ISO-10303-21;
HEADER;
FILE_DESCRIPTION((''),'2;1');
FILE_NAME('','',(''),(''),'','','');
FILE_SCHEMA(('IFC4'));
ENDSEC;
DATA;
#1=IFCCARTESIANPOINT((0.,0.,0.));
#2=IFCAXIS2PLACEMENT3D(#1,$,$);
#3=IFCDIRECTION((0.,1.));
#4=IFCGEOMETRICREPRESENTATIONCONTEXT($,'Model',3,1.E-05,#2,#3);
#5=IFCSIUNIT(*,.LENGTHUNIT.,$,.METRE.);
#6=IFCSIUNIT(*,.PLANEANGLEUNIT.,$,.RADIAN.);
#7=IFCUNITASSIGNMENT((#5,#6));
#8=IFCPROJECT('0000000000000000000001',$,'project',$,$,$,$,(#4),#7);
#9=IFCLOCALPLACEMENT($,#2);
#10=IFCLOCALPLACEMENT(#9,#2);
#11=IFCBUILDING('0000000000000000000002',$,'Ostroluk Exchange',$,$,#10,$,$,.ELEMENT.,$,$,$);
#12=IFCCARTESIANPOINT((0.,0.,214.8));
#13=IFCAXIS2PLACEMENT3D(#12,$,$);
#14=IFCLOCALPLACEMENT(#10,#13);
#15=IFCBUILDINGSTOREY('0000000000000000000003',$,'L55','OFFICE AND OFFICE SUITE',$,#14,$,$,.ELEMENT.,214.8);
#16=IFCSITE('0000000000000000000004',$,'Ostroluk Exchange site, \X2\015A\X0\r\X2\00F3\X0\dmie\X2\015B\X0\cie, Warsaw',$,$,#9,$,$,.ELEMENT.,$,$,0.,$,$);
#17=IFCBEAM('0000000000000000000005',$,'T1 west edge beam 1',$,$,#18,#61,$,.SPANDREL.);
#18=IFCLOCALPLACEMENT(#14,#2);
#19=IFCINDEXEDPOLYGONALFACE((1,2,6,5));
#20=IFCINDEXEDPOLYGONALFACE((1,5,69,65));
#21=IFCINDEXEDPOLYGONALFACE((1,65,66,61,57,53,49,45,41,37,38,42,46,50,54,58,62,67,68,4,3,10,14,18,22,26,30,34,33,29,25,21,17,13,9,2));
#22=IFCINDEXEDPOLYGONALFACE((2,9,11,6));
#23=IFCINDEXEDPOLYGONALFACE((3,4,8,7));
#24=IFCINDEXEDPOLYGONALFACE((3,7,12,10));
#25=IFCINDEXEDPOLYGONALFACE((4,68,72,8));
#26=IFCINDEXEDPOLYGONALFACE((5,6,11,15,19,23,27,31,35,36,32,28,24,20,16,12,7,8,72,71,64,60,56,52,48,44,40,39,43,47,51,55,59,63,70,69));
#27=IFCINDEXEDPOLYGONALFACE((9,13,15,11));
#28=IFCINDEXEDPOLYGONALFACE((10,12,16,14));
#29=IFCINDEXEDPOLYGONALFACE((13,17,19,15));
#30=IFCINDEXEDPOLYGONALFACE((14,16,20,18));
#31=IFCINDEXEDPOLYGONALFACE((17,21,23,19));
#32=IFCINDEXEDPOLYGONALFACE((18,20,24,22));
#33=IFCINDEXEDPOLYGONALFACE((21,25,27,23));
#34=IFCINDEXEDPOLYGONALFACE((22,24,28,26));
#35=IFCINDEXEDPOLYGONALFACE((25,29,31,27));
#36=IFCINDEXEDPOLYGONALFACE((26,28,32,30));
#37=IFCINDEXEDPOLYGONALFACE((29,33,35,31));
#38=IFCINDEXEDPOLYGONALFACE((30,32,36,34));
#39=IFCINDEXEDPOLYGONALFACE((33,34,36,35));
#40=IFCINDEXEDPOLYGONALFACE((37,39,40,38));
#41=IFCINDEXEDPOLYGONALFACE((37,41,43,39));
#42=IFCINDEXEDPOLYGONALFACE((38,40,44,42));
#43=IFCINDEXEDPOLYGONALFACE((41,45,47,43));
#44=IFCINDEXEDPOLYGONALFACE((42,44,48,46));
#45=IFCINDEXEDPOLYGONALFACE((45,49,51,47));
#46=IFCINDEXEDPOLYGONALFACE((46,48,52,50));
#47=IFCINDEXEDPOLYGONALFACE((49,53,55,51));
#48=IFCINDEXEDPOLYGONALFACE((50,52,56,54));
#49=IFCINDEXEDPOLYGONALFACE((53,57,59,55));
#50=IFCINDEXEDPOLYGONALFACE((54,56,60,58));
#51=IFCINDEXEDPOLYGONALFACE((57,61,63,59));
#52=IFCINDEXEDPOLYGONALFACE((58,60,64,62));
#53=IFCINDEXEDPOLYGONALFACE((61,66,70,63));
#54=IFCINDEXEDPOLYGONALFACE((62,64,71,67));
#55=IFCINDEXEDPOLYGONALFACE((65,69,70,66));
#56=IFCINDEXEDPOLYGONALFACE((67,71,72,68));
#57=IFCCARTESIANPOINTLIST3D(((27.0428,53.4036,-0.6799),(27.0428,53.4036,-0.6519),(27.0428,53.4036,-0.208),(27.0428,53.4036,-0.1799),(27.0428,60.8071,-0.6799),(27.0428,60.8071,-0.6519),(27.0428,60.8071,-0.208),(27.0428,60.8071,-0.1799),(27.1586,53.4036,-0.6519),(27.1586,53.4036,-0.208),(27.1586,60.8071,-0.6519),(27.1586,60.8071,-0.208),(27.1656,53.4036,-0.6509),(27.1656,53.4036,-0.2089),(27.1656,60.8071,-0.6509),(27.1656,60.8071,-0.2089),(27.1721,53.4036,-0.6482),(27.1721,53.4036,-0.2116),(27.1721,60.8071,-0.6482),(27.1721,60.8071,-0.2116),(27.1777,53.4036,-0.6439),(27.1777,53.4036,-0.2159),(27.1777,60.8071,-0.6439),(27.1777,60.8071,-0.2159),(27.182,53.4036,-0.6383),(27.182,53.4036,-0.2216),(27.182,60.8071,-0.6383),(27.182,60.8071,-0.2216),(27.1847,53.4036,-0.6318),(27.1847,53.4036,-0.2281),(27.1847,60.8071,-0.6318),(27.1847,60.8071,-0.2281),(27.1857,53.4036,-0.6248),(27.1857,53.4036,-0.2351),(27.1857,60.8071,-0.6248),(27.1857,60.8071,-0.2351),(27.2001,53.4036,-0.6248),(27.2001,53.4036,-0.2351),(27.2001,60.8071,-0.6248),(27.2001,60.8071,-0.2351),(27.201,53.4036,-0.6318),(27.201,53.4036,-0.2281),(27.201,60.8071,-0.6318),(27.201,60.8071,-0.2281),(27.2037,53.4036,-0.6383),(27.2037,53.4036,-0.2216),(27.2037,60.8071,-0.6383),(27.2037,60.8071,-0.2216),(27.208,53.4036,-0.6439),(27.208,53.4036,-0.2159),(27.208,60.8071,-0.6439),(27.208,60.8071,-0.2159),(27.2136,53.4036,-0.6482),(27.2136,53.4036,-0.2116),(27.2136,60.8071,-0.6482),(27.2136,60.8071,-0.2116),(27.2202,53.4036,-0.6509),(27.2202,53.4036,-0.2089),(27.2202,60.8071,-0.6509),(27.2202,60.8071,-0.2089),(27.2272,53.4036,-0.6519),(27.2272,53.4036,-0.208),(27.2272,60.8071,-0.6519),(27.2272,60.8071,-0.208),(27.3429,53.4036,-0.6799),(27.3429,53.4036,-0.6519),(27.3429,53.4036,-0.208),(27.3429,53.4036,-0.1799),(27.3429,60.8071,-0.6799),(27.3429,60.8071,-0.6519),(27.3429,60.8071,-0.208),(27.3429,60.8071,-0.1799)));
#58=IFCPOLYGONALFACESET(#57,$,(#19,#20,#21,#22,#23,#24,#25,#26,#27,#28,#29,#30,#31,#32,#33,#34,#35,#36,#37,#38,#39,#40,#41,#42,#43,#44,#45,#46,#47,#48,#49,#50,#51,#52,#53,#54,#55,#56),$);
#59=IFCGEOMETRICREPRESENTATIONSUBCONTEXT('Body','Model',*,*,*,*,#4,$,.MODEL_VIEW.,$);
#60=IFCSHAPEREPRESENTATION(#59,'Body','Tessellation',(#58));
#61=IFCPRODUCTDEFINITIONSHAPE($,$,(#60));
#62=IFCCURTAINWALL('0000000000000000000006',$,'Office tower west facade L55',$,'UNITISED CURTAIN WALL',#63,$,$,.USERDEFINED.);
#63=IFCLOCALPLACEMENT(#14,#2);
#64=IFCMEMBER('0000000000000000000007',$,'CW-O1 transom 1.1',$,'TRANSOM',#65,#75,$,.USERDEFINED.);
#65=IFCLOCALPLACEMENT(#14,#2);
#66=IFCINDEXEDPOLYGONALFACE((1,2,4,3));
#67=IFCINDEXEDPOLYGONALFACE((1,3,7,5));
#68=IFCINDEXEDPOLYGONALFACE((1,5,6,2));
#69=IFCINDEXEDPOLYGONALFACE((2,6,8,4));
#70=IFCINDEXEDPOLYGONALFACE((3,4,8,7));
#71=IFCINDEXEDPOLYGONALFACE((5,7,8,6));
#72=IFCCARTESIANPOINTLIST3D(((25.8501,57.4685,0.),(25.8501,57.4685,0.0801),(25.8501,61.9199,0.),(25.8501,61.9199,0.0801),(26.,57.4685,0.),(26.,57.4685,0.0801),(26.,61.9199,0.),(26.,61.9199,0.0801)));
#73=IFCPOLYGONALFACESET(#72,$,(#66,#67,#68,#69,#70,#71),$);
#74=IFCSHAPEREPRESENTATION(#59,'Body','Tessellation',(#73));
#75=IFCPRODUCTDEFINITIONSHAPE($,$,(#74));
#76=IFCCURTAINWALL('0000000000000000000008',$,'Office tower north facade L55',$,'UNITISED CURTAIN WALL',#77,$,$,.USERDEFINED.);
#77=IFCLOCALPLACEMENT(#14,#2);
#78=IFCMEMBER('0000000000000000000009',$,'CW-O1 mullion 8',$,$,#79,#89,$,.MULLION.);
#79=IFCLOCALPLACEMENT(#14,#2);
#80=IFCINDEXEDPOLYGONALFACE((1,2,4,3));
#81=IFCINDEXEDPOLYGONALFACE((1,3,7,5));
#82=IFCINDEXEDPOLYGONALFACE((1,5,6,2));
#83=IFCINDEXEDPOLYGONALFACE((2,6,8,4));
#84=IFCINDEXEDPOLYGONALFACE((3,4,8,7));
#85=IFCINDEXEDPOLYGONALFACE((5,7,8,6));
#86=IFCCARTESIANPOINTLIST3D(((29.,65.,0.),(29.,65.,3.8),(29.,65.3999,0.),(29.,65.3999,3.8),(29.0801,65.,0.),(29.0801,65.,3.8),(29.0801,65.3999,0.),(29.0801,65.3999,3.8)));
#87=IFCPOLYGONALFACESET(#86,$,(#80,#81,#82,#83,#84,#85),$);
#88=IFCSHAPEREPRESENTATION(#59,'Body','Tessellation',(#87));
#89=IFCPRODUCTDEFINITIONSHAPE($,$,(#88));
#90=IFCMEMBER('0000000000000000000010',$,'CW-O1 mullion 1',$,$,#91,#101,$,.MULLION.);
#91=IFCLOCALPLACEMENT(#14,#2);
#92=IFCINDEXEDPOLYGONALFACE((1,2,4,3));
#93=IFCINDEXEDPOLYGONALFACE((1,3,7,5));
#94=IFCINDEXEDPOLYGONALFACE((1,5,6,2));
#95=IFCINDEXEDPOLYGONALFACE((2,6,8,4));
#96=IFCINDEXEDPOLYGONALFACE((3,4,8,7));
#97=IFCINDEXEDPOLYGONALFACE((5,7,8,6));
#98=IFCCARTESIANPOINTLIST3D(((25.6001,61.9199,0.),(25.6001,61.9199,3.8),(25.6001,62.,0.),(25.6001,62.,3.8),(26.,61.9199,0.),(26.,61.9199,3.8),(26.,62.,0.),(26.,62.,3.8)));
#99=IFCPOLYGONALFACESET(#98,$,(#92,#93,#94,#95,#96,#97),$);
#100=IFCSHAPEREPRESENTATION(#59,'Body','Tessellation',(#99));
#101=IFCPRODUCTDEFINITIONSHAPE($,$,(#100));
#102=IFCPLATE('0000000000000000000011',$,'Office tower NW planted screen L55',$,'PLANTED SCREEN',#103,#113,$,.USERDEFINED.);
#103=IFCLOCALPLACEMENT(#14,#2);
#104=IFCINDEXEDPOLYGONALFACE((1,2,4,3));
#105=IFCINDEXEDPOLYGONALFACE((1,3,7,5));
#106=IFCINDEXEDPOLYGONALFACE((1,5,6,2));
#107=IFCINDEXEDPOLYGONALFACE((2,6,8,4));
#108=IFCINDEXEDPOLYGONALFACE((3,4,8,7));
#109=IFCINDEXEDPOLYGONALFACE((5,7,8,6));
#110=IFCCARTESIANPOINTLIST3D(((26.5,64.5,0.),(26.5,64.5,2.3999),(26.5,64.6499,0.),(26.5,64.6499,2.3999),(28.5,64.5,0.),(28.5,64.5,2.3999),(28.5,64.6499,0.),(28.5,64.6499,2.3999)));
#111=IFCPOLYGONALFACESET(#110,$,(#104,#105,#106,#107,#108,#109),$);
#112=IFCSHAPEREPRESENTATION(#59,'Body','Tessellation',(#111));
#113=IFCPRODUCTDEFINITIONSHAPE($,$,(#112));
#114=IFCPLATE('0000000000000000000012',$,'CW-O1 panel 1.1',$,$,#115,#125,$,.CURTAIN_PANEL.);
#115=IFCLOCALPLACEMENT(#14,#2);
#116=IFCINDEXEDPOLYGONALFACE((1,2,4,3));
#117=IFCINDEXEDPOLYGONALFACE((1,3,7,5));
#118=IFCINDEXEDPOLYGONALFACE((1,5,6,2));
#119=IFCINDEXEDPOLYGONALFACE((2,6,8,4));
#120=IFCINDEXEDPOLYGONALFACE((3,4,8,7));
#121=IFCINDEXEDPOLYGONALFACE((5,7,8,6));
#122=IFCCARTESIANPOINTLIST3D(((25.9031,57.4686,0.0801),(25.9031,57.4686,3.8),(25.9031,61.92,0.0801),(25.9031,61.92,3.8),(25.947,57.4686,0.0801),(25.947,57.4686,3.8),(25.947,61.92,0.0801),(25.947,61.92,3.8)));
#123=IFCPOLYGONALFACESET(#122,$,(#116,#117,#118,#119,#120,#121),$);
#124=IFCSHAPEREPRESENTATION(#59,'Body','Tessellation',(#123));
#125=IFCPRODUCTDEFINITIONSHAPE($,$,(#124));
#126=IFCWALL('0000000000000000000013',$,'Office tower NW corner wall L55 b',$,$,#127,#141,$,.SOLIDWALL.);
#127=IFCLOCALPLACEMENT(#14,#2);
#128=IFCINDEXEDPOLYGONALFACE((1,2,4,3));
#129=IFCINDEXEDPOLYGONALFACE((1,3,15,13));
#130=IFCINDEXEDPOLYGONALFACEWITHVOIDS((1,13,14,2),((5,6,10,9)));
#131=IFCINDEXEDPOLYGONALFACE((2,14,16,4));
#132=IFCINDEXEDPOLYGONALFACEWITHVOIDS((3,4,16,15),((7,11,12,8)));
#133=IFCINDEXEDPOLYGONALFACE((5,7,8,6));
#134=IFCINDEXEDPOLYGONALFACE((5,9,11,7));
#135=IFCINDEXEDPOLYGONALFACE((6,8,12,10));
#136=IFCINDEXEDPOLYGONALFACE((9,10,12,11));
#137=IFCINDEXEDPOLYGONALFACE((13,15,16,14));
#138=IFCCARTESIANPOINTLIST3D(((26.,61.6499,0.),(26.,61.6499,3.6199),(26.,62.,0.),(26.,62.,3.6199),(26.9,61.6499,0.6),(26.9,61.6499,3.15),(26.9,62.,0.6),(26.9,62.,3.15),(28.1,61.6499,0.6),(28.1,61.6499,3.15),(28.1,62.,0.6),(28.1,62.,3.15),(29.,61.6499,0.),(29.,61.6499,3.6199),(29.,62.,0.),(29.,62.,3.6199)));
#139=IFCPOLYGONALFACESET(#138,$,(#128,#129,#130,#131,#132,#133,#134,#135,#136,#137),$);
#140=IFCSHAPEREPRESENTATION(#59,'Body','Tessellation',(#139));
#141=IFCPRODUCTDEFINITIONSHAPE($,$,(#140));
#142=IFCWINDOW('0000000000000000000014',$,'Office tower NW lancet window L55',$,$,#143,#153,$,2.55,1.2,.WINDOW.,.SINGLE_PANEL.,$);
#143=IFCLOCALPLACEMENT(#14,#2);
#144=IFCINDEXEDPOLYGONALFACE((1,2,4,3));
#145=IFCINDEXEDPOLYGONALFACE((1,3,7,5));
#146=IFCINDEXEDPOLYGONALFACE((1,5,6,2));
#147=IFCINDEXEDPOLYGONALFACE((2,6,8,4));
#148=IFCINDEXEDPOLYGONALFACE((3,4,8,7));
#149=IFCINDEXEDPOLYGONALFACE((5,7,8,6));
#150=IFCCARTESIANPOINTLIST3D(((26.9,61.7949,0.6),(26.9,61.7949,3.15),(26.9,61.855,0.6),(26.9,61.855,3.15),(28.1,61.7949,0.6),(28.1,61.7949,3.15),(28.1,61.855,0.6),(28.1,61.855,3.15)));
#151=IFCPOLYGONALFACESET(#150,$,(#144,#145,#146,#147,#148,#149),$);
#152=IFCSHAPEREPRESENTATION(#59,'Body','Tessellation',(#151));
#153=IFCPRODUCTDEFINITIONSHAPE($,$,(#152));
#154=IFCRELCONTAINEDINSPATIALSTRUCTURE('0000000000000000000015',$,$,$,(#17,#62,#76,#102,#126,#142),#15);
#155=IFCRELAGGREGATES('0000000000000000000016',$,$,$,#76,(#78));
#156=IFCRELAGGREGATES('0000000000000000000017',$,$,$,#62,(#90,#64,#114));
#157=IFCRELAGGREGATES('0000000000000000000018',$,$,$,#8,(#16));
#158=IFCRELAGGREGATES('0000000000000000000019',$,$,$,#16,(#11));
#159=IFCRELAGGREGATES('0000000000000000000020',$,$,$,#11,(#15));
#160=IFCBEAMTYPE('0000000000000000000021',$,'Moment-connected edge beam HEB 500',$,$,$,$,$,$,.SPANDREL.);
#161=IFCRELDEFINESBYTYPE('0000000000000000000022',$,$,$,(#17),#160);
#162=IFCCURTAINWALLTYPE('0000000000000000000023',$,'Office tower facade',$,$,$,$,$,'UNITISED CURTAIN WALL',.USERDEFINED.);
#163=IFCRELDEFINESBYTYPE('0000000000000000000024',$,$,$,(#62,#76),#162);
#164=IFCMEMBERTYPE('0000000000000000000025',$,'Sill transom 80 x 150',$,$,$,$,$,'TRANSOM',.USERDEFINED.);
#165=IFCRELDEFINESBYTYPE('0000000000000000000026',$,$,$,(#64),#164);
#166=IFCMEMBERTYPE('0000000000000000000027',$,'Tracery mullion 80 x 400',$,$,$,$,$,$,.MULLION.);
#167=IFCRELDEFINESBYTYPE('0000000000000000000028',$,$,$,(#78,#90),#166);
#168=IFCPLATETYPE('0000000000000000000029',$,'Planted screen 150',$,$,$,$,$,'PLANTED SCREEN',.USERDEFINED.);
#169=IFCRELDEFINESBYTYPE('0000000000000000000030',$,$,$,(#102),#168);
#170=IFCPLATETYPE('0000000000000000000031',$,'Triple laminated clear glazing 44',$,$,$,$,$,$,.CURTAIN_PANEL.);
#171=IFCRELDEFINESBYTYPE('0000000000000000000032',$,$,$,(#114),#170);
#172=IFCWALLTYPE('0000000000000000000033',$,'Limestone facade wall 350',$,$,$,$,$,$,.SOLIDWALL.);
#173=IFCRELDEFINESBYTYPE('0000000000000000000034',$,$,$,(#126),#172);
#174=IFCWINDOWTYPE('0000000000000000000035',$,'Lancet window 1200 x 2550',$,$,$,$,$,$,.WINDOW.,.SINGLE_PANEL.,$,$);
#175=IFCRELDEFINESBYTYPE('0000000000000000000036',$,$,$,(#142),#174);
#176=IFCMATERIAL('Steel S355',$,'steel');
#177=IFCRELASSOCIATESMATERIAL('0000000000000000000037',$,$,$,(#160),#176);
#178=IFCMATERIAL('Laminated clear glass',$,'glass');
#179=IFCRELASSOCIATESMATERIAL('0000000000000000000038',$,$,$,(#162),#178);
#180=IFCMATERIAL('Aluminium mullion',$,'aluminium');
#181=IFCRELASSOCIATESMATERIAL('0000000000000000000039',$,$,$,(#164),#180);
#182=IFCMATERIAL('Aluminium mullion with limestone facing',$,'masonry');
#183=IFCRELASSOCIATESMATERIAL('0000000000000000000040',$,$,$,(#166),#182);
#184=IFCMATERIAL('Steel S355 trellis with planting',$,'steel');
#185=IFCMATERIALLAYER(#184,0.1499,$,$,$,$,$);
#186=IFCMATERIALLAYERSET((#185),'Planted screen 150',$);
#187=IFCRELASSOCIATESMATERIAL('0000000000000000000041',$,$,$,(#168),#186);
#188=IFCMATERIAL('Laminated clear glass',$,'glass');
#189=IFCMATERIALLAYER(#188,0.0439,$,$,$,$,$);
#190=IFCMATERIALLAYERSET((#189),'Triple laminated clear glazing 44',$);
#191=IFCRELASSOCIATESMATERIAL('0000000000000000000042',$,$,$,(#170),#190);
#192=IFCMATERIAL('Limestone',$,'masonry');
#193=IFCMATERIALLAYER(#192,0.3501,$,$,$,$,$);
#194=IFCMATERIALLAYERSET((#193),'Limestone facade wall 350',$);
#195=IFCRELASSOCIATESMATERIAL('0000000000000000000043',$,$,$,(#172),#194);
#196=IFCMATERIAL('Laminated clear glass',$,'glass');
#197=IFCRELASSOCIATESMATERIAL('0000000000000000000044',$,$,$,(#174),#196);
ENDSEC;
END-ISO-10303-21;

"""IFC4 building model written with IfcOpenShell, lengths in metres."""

from ifc_helpers import new_model, si_unit, direction, frame, frame_2d, origin, origin_2d, place, context, subcontext, project, spatial, rectangle, i_section, extrude, material, layer, layer_set, material_profile, profile_set, type_object, element, fill, aggregate, save


model = new_model("IFC4")

# Units and contexts
model_context = context("Model", 3, precision=1e-05, world=origin(), true_north=direction((0.0, 1.0)))
body_context = subcontext(model_context, "Body", "Model", "MODEL_VIEW")
ifc_project = project(units=[si_unit("LENGTHUNIT", "METRE"), si_unit("PLANEANGLEUNIT", "RADIAN")], contexts=[model_context])

# Site, building, storey
site_placement = place(None, origin())
site = spatial("IfcSite", under=ifc_project, at=site_placement, Name="Ostroluk Exchange site, Śródmieście, Warsaw", CompositionType="ELEMENT", RefElevation=0.0)
building_placement = place(site_placement, origin())
building = spatial("IfcBuilding", under=site, at=building_placement, Name="Ostroluk Exchange", CompositionType="ELEMENT")
storey_placement = place(building_placement, frame((0.0, 0.0, 214.8)))
storey = spatial("IfcBuildingStorey", under=building, at=storey_placement, Name="L55", Description="OFFICE AND OFFICE SUITE", CompositionType="ELEMENT", Elevation=214.8)

# Beam
ifc_material_1 = material(Name="Steel S355", Category="steel")
ifc_material_profile_1 = material_profile(ifc_material_1, i_section(OverallWidth=0.3, OverallDepth=0.5, WebThickness=0.0144, FlangeThickness=0.0281, FilletRadius=0.0271, at=origin_2d()), Name="HEB 500")
ifc_profile_set_1 = profile_set([ifc_material_profile_1], Name="Steel S355")
beam_type_1 = type_object("IfcBeamType", Name="Moment-connected edge beam HEB 500", PredefinedType="SPANDREL", material=ifc_profile_set_1)
beam_1_placement = place(storey_placement, frame((27.1929, 60.8071, -0.4299), z_axis=(0.0, -1.0, 0.0), x_axis=(1.0, 0.0, 0.0)))
element("IfcBeam", 1, at=beam_1_placement, inside=storey, type_object=beam_type_1, Name="T1 west edge beam 1", PredefinedType="SPANDREL", context=body_context, shape_type="SweptSolid", body=[
    extrude(i_section(OverallWidth=0.3, OverallDepth=0.5, WebThickness=0.0144, FlangeThickness=0.0281, FilletRadius=0.0271, at=origin_2d()), origin(), (0.0, 0.0, 1.0), 7.4036),
])

# Curtain walls, members
ifc_material_2 = material(Name="Laminated clear glass", Category="glass")
curtain_wall_type = type_object("IfcCurtainWallType", Name="Office tower facade", ElementType="UNITISED CURTAIN WALL", PredefinedType="USERDEFINED", material=ifc_material_2)
curtain_wall_1_placement = place(storey_placement, origin())
curtain_wall_1 = element("IfcCurtainWall", 2, at=curtain_wall_1_placement, inside=storey, type_object=curtain_wall_type, Name="Office tower west facade L55", ObjectType="UNITISED CURTAIN WALL", PredefinedType="USERDEFINED")
ifc_material_3 = material(Name="Aluminium mullion", Category="aluminium")
ifc_material_profile_2 = material_profile(ifc_material_3, rectangle(XDim=0.1499, YDim=0.0801, at=origin_2d()), Name="Sill transom 80 x 150")
ifc_profile_set_2 = profile_set([ifc_material_profile_2], Name="Aluminium mullion")
member_type_1 = type_object("IfcMemberType", Name="Sill transom 80 x 150", ElementType="TRANSOM", PredefinedType="USERDEFINED", material=ifc_profile_set_2)
member_1_placement = place(storey_placement, frame((25.925, 61.9199, 0.04), z_axis=(0.0, -1.0, 0.0), x_axis=(1.0, 0.0, 0.0)))
member_1 = element("IfcMember", 3, at=member_1_placement, type_object=member_type_1, Name="CW-O1 transom 1.1", ObjectType="TRANSOM", PredefinedType="USERDEFINED", context=body_context, shape_type="SweptSolid", body=[
    extrude(rectangle(XDim=0.1499, YDim=0.0801, at=origin_2d()), origin(), (0.0, 0.0, 1.0), 4.4514),
])
curtain_wall_2_placement = place(storey_placement, origin())
curtain_wall_2 = element("IfcCurtainWall", 4, at=curtain_wall_2_placement, inside=storey, type_object=curtain_wall_type, Name="Office tower north facade L55", ObjectType="UNITISED CURTAIN WALL", PredefinedType="USERDEFINED")
ifc_material_4 = material(Name="Aluminium mullion with limestone facing", Category="masonry")
ifc_material_profile_3 = material_profile(ifc_material_4, rectangle(XDim=0.3999, YDim=0.0801, at=origin_2d()), Name="Tracery mullion 80 x 400")
ifc_profile_set_3 = profile_set([ifc_material_profile_3], Name="Aluminium mullion with limestone facing")
member_type_2 = type_object("IfcMemberType", Name="Tracery mullion 80 x 400", PredefinedType="MULLION", material=ifc_profile_set_3)
member_2_placement = place(storey_placement, frame((29.04, 65.2, 0.0), z_axis=(0.0, 0.0, 1.0), x_axis=(0.0, -1.0, 0.0)))
member_2 = element("IfcMember", 5, at=member_2_placement, type_object=member_type_2, Name="CW-O1 mullion 8", PredefinedType="MULLION", context=body_context, shape_type="SweptSolid", body=[
    extrude(rectangle(XDim=0.3999, YDim=0.0801, at=origin_2d()), origin(), (0.0, 0.0, 1.0), 3.8),
])
aggregate(curtain_wall_2, [member_2])

# Member
member_3_placement = place(storey_placement, frame((25.8, 61.96, 0.0), z_axis=(0.0, 0.0, 1.0), x_axis=(1.0, 0.0, 0.0)))
member_3 = element("IfcMember", 6, at=member_3_placement, type_object=member_type_2, Name="CW-O1 mullion 1", PredefinedType="MULLION", context=body_context, shape_type="SweptSolid", body=[
    extrude(rectangle(XDim=0.3999, YDim=0.0801, at=origin_2d()), origin(), (0.0, 0.0, 1.0), 3.8),
])

# Plates
ifc_material_5 = material(Name="Steel S355 trellis with planting", Category="steel")
ifc_layer_1 = layer(ifc_material_5, 0.1499)
ifc_layer_set_1 = layer_set([ifc_layer_1], Name="Planted screen 150")
plate_type_1 = type_object("IfcPlateType", Name="Planted screen 150", ElementType="PLANTED SCREEN", PredefinedType="USERDEFINED", material=ifc_layer_set_1)
plate_1_placement = place(storey_placement, frame((27.5, 64.575, 0.0), z_axis=(0.0, 0.0, 1.0), x_axis=(1.0, 0.0, 0.0)))
element("IfcPlate", 7, at=plate_1_placement, inside=storey, type_object=plate_type_1, Name="Office tower NW planted screen L55", ObjectType="PLANTED SCREEN", PredefinedType="USERDEFINED", context=body_context, shape_type="SweptSolid", body=[
    extrude(rectangle(XDim=2.0, YDim=0.1499, at=origin_2d()), origin(), (0.0, 0.0, 1.0), 2.3999),
])
ifc_material_6 = material(Name="Laminated clear glass", Category="glass")
ifc_layer_2 = layer(ifc_material_6, 0.0439)
ifc_layer_set_2 = layer_set([ifc_layer_2], Name="Triple laminated clear glazing 44")
plate_type_2 = type_object("IfcPlateType", Name="Triple laminated clear glazing 44", PredefinedType="CURTAIN_PANEL", material=ifc_layer_set_2)
plate_2_placement = place(storey_placement, frame((25.925, 59.6943, 0.0801), z_axis=(0.0, 0.0, 1.0), x_axis=(0.0, -1.0, 0.0)))
plate_2 = element("IfcPlate", 8, at=plate_2_placement, type_object=plate_type_2, Name="CW-O1 panel 1.1", PredefinedType="CURTAIN_PANEL", context=body_context, shape_type="SweptSolid", body=[
    extrude(rectangle(XDim=4.4514, YDim=0.0439, at=origin_2d()), origin(), (0.0, 0.0, 1.0), 3.72),
])
aggregate(curtain_wall_1, [member_3, member_1, plate_2])

# Shared definitions
ifc_material_7 = material(Name="Limestone", Category="masonry")
ifc_layer_3 = layer(ifc_material_7, 0.3501)
ifc_layer_set_3 = layer_set([ifc_layer_3], Name="Limestone facade wall 350")
wall_type_1 = type_object("IfcWallType", Name="Limestone facade wall 350", PredefinedType="SOLIDWALL", material=ifc_layer_set_3)

# Wall, opening, window
wall_1_placement = place(storey_placement, frame((29.0, 61.825, 0.0), z_axis=(0.0, 0.0, 1.0), x_axis=(-1.0, 0.0, 0.0)))
wall_1 = element("IfcWall", 9, at=wall_1_placement, inside=storey, type_object=wall_type_1, Name="Office tower NW corner wall L55 b", PredefinedType="SOLIDWALL", context=body_context, shape_type="SweptSolid", body=[
    extrude(rectangle(XDim=3.0, YDim=0.3501, at=frame_2d((1.5, 0.0))), origin(), (0.0, 0.0, 1.0), 3.6199),
])
opening_1_placement = place(wall_1_placement, frame((0.8999, 0.0, 0.6001)))
opening_1 = element("IfcOpeningElement", 10, at=opening_1_placement, cuts=wall_1, PredefinedType="OPENING", context=body_context, shape_type="SweptSolid", body=[
    extrude(rectangle(XDim=1.2, YDim=2.55, at=frame_2d((0.6001, 1.2749))), frame((0.0, 0.1851, 0.0), z_axis=(0.0, -1.0, 0.0), x_axis=(1.0, 0.0, 0.0)), (0.0, 0.0, 1.0), 0.3701),
])
ifc_material_8 = material(Name="Laminated clear glass", Category="glass")
window_type = type_object("IfcWindowType", Name="Lancet window 1200 x 2550", PartitioningType="SINGLE_PANEL", PredefinedType="WINDOW", material=ifc_material_8)
window_placement = place(opening_1_placement, origin())
window = element("IfcWindow", 11, at=window_placement, inside=storey, type_object=window_type, Name="Office tower NW lancet window L55", OverallHeight=2.55, OverallWidth=1.2, PartitioningType="SINGLE_PANEL", PredefinedType="WINDOW", context=body_context, shape_type="SweptSolid", body=[
    extrude(rectangle(XDim=1.2, YDim=2.55, at=frame_2d((0.6001, 1.2749))), frame((0.0, 0.03, 0.0), z_axis=(0.0, -1.0, 0.0), x_axis=(1.0, 0.0, 0.0)), (0.0, 0.0, 1.0), 0.0601),
])
fill(opening_1, window)

save(model, "model.ifc")
